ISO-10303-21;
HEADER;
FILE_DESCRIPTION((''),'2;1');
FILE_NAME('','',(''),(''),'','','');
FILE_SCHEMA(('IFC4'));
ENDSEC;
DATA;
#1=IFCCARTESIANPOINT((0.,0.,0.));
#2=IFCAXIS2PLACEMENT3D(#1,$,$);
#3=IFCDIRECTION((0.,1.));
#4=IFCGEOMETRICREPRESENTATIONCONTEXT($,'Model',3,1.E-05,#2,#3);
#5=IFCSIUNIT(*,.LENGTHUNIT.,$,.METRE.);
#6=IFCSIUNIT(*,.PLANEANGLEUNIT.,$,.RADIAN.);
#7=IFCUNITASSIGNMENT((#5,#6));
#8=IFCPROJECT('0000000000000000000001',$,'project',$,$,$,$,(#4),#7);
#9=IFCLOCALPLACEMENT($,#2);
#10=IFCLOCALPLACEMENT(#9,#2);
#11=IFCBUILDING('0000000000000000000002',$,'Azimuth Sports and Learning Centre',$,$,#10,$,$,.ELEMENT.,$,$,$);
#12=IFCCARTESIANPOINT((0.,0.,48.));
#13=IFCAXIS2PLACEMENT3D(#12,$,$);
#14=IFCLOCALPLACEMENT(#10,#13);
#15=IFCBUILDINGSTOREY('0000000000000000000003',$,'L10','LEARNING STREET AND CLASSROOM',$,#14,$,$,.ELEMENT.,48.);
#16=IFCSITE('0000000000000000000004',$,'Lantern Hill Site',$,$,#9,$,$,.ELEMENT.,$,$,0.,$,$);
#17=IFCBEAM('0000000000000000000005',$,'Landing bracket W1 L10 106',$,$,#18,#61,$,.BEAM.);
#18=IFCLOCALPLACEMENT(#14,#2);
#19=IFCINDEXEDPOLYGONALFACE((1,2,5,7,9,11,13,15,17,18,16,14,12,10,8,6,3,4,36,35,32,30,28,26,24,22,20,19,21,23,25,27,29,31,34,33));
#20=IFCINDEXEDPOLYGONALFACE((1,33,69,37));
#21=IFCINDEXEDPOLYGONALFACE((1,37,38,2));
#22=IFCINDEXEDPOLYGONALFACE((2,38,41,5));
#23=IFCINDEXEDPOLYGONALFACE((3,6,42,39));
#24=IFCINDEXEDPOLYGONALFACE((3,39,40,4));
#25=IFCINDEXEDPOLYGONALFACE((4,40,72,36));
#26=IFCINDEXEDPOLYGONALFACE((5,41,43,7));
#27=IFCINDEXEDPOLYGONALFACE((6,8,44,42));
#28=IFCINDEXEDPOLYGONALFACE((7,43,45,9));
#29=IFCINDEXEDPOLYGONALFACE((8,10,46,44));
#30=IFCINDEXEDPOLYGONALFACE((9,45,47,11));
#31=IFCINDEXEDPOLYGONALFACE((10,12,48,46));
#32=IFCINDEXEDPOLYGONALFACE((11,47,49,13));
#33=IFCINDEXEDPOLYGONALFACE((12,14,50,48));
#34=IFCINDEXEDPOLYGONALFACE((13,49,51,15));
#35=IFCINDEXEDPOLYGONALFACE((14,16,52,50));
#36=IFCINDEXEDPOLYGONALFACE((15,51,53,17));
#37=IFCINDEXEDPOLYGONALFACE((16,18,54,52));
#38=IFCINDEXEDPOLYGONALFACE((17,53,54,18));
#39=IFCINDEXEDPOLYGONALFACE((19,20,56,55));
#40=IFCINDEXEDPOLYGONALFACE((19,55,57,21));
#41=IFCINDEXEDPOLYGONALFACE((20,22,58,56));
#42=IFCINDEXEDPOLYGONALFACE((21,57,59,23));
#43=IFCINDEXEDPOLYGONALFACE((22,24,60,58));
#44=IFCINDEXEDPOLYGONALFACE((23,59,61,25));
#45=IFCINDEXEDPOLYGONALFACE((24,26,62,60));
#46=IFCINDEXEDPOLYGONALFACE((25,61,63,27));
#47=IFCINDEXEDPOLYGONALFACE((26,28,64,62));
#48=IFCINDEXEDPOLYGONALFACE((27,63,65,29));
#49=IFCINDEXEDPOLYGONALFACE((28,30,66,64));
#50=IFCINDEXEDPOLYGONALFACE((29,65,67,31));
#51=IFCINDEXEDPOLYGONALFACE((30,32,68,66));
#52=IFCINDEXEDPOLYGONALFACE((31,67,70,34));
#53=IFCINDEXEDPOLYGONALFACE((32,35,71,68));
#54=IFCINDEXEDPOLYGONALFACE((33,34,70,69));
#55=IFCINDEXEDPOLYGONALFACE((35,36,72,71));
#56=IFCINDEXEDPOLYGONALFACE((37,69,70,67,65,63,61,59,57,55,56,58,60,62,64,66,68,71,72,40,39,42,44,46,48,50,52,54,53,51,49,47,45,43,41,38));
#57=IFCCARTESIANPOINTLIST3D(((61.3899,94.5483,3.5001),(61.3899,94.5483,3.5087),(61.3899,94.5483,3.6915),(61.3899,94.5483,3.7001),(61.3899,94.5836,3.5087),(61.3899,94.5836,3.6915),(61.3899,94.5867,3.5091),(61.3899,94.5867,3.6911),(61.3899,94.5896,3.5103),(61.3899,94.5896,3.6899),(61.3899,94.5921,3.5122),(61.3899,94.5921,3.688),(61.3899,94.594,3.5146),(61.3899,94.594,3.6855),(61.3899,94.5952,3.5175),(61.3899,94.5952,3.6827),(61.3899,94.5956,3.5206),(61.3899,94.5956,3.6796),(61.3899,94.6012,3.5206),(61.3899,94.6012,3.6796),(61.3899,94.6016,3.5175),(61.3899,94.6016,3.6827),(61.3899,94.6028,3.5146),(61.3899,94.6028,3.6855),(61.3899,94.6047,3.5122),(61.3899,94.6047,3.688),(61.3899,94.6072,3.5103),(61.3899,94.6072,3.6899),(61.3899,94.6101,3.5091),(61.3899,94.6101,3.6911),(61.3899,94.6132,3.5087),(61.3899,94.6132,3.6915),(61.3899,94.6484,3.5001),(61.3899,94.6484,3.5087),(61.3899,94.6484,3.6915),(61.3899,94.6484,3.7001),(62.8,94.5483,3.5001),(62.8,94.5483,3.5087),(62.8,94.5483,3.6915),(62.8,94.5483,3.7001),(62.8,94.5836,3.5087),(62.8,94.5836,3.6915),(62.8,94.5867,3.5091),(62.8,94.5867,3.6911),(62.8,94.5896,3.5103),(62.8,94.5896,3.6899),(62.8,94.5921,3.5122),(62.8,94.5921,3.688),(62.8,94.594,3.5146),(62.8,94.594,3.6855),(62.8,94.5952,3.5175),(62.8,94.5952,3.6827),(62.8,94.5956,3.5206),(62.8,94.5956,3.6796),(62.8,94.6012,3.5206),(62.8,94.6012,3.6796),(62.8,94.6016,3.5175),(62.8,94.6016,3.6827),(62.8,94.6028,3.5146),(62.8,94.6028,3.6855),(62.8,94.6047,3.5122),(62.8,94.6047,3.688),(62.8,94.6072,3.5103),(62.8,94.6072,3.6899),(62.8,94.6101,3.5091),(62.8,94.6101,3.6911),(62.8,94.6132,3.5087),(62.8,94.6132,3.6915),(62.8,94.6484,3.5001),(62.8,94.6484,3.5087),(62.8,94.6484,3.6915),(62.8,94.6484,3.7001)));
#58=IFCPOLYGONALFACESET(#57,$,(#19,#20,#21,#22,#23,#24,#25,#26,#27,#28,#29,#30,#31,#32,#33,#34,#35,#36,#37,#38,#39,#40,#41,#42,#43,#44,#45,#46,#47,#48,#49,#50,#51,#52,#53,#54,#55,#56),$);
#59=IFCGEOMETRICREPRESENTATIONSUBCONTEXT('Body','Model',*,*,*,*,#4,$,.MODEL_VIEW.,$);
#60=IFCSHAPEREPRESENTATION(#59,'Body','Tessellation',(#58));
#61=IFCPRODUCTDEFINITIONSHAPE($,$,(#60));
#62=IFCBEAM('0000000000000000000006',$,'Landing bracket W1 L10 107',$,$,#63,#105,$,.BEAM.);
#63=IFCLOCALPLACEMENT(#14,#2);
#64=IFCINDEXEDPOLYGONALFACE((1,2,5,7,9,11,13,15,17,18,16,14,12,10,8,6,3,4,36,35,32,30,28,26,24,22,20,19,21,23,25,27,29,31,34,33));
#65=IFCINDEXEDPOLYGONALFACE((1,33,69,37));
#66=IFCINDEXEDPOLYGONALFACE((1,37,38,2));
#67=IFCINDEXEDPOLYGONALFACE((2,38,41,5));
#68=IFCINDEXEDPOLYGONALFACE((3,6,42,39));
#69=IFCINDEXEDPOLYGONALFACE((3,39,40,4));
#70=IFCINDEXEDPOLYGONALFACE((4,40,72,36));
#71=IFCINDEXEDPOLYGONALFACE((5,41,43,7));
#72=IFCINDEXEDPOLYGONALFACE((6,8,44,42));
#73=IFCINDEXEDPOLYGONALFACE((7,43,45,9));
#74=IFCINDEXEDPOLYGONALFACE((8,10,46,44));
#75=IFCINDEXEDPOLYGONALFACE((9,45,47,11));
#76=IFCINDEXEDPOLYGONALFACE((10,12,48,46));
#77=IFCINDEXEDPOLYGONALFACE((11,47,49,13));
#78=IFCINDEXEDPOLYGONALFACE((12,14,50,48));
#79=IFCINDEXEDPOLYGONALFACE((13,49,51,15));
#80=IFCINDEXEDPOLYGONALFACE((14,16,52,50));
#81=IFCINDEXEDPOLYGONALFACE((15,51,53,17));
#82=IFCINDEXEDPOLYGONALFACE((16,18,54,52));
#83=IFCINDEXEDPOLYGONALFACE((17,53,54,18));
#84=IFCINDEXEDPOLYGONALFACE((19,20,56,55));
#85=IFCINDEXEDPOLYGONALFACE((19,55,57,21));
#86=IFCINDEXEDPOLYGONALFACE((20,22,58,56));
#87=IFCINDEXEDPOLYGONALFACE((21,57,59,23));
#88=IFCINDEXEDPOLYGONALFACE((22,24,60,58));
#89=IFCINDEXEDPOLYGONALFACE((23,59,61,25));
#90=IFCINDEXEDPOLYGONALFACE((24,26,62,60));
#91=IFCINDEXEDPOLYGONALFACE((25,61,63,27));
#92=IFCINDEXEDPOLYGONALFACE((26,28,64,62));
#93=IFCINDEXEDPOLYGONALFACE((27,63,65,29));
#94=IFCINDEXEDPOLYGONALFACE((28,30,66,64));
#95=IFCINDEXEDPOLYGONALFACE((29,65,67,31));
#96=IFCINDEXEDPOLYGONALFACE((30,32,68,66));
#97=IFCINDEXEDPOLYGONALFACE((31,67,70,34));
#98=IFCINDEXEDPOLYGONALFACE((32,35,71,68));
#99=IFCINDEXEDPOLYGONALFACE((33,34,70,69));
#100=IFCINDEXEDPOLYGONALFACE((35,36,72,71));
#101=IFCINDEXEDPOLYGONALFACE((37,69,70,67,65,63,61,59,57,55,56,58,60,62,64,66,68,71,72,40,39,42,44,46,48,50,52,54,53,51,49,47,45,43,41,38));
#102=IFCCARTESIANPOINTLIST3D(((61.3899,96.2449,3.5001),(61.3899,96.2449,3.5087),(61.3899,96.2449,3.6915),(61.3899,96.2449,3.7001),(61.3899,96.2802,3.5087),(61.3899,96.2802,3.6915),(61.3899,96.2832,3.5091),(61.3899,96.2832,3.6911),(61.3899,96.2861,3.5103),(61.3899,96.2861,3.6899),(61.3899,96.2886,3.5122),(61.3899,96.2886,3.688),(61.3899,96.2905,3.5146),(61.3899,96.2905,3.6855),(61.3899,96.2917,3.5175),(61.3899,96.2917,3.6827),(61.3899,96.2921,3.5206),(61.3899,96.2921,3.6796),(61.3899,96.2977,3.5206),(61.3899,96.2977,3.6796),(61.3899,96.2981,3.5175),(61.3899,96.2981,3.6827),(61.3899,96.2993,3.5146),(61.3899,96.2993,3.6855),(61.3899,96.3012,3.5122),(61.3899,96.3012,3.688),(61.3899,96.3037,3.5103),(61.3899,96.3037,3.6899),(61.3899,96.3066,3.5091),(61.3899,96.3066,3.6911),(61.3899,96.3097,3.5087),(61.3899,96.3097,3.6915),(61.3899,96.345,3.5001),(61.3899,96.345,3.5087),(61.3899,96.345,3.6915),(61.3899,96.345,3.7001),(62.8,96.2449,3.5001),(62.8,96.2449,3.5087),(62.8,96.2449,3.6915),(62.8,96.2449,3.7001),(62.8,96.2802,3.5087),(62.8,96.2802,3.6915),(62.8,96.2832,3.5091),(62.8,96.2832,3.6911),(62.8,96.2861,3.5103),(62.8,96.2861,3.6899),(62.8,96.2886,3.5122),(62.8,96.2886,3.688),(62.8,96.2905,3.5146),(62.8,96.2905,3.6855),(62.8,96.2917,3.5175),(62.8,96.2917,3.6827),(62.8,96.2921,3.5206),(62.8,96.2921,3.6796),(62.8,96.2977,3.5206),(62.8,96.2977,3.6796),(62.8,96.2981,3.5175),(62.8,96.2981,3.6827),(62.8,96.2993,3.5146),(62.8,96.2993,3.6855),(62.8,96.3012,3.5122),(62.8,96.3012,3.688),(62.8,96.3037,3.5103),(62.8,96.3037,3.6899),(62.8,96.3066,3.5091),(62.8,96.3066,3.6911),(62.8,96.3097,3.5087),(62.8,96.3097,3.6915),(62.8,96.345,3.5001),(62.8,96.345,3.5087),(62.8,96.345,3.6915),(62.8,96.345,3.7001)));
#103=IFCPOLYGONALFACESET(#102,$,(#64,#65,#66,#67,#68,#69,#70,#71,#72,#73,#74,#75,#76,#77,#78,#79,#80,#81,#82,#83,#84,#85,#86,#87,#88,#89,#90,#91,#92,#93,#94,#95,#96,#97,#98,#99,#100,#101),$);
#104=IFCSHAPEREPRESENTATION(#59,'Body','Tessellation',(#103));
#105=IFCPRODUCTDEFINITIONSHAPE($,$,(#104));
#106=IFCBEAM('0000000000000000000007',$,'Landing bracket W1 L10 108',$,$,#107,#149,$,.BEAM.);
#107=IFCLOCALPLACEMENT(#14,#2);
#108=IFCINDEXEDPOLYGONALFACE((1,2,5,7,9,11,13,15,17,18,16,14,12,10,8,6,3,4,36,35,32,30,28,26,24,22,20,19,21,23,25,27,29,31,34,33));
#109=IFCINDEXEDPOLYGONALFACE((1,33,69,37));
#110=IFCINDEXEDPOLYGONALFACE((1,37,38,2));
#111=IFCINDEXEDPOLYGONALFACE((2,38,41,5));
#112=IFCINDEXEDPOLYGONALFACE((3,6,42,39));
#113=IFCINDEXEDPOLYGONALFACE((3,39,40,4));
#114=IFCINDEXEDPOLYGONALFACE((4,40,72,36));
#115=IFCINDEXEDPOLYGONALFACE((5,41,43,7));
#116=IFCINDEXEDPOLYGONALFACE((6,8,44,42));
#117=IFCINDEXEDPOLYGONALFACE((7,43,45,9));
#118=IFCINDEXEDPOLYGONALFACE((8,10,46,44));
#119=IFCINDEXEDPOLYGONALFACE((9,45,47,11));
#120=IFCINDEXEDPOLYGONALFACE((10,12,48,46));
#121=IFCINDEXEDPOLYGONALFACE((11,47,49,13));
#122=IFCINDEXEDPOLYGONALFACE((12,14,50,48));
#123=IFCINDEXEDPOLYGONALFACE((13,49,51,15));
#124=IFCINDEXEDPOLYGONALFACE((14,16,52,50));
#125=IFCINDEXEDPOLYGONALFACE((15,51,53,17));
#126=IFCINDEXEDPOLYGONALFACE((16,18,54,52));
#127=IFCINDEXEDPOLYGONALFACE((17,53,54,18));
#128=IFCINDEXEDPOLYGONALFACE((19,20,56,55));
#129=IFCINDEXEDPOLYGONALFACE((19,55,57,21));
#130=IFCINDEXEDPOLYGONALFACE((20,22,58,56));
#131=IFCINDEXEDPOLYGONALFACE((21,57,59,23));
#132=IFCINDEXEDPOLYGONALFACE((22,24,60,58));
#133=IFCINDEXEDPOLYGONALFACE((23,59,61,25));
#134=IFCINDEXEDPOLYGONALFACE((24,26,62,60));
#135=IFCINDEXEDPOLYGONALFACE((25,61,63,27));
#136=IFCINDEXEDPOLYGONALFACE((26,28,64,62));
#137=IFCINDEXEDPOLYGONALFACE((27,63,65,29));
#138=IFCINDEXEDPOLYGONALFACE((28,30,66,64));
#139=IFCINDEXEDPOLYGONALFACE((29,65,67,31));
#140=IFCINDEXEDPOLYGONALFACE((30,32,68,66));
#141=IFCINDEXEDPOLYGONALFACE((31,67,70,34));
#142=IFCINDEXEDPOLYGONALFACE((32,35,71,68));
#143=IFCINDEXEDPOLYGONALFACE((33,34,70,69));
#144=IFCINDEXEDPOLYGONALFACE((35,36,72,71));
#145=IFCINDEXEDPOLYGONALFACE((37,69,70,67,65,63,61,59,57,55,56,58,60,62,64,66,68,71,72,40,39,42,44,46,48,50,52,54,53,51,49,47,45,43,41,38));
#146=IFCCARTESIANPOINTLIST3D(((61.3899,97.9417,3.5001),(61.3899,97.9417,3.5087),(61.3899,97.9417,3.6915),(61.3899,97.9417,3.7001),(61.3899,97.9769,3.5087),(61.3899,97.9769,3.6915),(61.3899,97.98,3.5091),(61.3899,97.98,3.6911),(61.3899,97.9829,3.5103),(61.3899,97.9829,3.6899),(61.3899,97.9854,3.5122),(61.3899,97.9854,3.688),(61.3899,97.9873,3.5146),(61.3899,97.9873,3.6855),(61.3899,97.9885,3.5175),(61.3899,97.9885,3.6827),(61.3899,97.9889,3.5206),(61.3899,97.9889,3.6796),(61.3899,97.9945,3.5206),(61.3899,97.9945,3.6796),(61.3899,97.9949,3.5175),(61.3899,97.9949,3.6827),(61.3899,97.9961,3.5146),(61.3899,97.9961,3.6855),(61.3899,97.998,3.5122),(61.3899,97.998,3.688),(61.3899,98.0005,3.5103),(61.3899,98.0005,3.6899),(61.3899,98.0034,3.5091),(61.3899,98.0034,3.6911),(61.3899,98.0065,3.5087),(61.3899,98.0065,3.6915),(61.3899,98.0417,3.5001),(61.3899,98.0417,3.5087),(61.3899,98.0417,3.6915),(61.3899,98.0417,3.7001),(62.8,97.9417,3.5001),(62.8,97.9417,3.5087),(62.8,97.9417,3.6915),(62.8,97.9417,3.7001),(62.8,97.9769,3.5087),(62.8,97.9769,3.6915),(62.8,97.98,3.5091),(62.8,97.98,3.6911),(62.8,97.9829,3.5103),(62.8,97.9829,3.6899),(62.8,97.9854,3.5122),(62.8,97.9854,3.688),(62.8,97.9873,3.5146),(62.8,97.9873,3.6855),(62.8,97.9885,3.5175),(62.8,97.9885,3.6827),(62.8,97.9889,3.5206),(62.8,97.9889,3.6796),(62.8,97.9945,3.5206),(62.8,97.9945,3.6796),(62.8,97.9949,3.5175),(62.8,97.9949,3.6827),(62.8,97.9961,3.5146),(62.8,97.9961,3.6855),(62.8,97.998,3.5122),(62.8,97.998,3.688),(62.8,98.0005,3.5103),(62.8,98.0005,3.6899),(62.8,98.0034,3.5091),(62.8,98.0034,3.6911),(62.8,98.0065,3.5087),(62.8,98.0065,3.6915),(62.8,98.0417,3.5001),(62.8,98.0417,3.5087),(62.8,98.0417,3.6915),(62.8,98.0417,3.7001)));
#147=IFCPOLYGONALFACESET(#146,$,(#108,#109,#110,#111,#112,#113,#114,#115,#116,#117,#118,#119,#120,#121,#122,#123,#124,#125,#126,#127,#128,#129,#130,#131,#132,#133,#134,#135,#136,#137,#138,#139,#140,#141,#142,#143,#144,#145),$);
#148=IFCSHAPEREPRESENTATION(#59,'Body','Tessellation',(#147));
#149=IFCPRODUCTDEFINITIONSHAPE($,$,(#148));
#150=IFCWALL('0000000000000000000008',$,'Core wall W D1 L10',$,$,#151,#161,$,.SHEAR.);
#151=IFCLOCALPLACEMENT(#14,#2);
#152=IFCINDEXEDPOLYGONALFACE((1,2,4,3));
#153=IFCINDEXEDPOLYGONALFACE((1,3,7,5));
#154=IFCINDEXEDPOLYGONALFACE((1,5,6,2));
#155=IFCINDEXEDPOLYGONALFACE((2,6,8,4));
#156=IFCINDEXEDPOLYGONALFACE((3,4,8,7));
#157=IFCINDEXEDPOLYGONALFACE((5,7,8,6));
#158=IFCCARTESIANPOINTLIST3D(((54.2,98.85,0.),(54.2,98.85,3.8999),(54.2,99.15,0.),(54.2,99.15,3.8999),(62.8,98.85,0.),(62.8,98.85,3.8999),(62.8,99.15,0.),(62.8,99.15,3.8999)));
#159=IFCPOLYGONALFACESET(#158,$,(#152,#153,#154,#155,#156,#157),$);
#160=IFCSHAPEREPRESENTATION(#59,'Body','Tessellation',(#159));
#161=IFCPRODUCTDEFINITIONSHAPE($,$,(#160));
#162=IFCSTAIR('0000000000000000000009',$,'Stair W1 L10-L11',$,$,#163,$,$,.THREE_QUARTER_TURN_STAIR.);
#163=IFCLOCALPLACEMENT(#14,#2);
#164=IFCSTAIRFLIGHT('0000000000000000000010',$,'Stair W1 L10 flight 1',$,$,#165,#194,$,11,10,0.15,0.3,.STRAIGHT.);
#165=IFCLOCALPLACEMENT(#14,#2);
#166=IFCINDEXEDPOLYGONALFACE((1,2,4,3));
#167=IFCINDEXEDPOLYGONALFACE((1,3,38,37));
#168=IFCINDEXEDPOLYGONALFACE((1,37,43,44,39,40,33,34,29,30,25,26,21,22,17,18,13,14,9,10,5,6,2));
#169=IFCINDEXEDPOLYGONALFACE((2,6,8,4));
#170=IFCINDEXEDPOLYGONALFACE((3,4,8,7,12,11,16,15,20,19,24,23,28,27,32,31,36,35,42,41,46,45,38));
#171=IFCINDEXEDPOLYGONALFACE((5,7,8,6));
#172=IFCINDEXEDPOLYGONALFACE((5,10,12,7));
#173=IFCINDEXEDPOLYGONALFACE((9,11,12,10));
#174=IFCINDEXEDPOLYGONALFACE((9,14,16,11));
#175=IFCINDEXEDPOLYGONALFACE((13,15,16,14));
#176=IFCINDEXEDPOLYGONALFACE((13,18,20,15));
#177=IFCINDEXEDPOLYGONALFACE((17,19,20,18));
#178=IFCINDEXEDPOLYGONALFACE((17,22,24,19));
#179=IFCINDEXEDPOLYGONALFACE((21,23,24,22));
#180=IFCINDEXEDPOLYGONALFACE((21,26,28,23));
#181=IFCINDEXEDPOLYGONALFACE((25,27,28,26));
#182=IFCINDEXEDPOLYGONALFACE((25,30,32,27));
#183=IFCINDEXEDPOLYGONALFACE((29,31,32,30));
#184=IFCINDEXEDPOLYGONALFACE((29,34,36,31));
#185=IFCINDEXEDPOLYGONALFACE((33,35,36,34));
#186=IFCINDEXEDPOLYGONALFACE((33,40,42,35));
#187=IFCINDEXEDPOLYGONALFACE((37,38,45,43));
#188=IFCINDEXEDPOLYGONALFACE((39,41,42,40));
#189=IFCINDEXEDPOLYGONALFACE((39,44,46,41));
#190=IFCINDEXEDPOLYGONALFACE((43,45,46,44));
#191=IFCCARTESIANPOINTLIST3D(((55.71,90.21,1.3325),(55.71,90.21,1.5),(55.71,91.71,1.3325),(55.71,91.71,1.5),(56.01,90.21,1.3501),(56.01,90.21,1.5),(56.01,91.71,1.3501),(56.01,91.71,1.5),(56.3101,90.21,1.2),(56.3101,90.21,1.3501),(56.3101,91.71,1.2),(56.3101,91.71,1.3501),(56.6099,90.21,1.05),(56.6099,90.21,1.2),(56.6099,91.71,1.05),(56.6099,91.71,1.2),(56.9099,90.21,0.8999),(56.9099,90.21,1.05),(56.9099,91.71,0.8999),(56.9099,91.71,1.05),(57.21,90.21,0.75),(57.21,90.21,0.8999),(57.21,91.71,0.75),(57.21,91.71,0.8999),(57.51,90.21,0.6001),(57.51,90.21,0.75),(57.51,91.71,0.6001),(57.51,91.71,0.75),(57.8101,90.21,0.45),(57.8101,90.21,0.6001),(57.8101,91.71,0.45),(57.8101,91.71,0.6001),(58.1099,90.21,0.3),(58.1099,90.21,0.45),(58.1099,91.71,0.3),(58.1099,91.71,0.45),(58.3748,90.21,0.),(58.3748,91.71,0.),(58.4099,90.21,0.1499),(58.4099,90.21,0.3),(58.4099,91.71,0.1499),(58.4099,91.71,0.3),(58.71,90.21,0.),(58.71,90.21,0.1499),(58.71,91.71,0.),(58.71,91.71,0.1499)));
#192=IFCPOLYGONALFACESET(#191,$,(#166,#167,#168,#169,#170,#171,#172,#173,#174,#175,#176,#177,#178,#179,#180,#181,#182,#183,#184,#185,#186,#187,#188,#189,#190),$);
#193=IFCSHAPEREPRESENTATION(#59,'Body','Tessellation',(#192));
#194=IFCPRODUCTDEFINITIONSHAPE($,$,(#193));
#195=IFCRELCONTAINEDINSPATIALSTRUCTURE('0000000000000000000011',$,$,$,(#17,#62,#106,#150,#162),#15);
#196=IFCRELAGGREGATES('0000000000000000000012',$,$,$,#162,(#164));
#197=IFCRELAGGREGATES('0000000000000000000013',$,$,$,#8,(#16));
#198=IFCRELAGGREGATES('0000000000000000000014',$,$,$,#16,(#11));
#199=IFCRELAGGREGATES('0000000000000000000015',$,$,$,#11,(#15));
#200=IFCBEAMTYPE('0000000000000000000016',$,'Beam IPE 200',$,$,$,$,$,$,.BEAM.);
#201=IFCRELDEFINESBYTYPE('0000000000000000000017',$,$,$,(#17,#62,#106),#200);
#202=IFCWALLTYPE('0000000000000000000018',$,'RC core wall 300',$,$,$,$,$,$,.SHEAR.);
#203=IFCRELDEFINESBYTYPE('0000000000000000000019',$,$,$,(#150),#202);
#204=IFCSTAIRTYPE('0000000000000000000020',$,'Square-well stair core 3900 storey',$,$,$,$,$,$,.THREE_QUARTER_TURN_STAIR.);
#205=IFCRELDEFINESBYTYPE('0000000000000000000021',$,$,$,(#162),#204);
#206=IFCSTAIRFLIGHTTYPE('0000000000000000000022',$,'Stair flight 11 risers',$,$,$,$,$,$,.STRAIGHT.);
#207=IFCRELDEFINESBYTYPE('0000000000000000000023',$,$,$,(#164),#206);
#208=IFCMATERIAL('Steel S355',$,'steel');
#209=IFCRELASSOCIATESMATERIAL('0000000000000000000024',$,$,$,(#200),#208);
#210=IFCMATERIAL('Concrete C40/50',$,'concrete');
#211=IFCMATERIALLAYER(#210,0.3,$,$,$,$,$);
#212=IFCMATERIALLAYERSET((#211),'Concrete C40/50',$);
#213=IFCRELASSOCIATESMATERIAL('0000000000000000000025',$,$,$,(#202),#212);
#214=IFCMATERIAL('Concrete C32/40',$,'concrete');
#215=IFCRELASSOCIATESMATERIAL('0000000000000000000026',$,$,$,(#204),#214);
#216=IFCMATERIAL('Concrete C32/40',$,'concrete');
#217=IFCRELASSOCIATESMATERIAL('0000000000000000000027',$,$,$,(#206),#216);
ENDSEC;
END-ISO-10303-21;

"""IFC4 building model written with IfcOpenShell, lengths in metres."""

from ifc_helpers import new_model, si_unit, direction, frame, frame_2d, origin, origin_2d, place, context, subcontext, project, spatial, polyline, rectangle, i_section, outline, extrude, material, layer, layer_set, material_profile, profile_set, type_object, element, aggregate, save


model = new_model("IFC4")

# Units and contexts
model_context = context("Model", 3, precision=1e-05, world=origin(), true_north=direction((0.0, 1.0)))
body_context = subcontext(model_context, "Body", "Model", "MODEL_VIEW")
ifc_project = project(units=[si_unit("LENGTHUNIT", "METRE"), si_unit("PLANEANGLEUNIT", "RADIAN")], contexts=[model_context])

# Site, building, storey
site_placement = place(None, origin())
site = spatial("IfcSite", under=ifc_project, at=site_placement, Name="Lantern Hill Site", CompositionType="ELEMENT", RefElevation=0.0)
building_placement = place(site_placement, origin())
building = spatial("IfcBuilding", under=site, at=building_placement, Name="Azimuth Sports and Learning Centre", CompositionType="ELEMENT")
storey_placement = place(building_placement, frame((0.0, 0.0, 48.0)))
storey = spatial("IfcBuildingStorey", under=building, at=storey_placement, Name="L10", Description="LEARNING STREET AND CLASSROOM", CompositionType="ELEMENT", Elevation=48.0)

# Beams
ifc_material_1 = material(Name="Steel S355", Category="steel")
ifc_material_profile = material_profile(ifc_material_1, i_section(OverallWidth=0.1001, OverallDepth=0.2, WebThickness=0.0056, FlangeThickness=0.0085, FilletRadius=0.012, at=origin_2d()), Name="IPE 200")
ifc_profile_set = profile_set([ifc_material_profile], Name="Steel S355")
beam_type = type_object("IfcBeamType", Name="Beam IPE 200", PredefinedType="BEAM", material=ifc_profile_set)
for number, where, z_axis, x_axis, name in (
    (1, (62.8, 94.5984, 3.6001), (-1.0, 0.0, 0.0), (0.0, -1.0, 0.0), "Landing bracket W1 L10 106"),
    (2, (62.8, 96.2949, 3.6001), (-1.0, 0.0, 0.0), (0.0, -1.0, 0.0), "Landing bracket W1 L10 107"),
    (3, (62.8, 97.9917, 3.6001), (-1.0, 0.0, 0.0), (0.0, -1.0, 0.0), "Landing bracket W1 L10 108"),
):
    element("IfcBeam", number, at=place(storey_placement, frame(where, z_axis=z_axis, x_axis=x_axis)), inside=storey, type_object=beam_type, Name=name, PredefinedType="BEAM", context=body_context, shape_type="SweptSolid", body=[
        extrude(i_section(OverallWidth=0.1001, OverallDepth=0.2, WebThickness=0.0056, FlangeThickness=0.0085, FilletRadius=0.012, at=origin_2d()), origin(), (0.0, 0.0, 1.0), 1.4102),
    ])

# Wall
ifc_material_2 = material(Name="Concrete C40/50", Category="concrete")
ifc_layer_1 = layer(ifc_material_2, 0.3)
ifc_layer_set_1 = layer_set([ifc_layer_1], Name="Concrete C40/50")
wall_type = type_object("IfcWallType", Name="RC core wall 300", PredefinedType="SHEAR", material=ifc_layer_set_1)
wall_placement = place(storey_placement, frame((54.2, 99.0, 0.0), z_axis=(0.0, 0.0, 1.0), x_axis=(1.0, 0.0, 0.0)))
element("IfcWall", 4, at=wall_placement, inside=storey, type_object=wall_type, Name="Core wall W D1 L10", PredefinedType="SHEAR", context=body_context, shape_type="SweptSolid", body=[
    extrude(rectangle(XDim=8.6001, YDim=0.3, at=frame_2d((4.3, 0.0))), origin(), (0.0, 0.0, 1.0), 3.8999),
])

# Stair, stair flight
ifc_material_3 = material(Name="Concrete C32/40", Category="concrete")
stair_type = type_object("IfcStairType", Name="Square-well stair core 3900 storey", PredefinedType="THREE_QUARTER_TURN_STAIR", material=ifc_material_3)
stair_placement = place(storey_placement, origin())
stair = element("IfcStair", 5, at=stair_placement, inside=storey, type_object=stair_type, Name="Stair W1 L10-L11", PredefinedType="THREE_QUARTER_TURN_STAIR")
ifc_material_4 = material(Name="Concrete C32/40", Category="concrete")
stair_flight_type_1 = type_object("IfcStairFlightType", Name="Stair flight 11 risers", PredefinedType="STRAIGHT", material=ifc_material_4)
stair_flight_1_placement = place(storey_placement, frame((58.71, 90.96, 0.0), z_axis=(0.0, 0.0, 1.0), x_axis=(-1.0, 0.0, 0.0)))
stair_flight_1 = element("IfcStairFlight", 6, at=stair_flight_1_placement, type_object=stair_flight_type_1, Name="Stair W1 L10 flight 1", NumberOfRisers=11, NumberOfTreads=10, PredefinedType="STRAIGHT", RiserHeight=0.15, TreadLength=0.3, context=body_context, shape_type="SweptSolid", body=[
    extrude(outline(polyline([(0.0, 0.0), (0.0, 0.1499), (0.3, 0.1499), (0.3, 0.3), (0.6001, 0.3), (0.6001, 0.45), (0.8999, 0.45), (0.8999, 0.6001), (1.2, 0.6001), (1.2, 0.75), (1.5, 0.75), (1.5, 0.8999), (1.8, 0.8999), (1.8, 1.05), (2.1001, 1.05), (2.1001, 1.2), (2.3999, 1.2), (2.3999, 1.3501), (2.7, 1.3501), (2.7, 1.5), (3.0, 1.5), (3.0, 1.6499), (3.0, 1.3325), (0.3352, 0.0), (0.0, 0.0)])), frame((0.0, 0.75, 0.0), z_axis=(0.0, -1.0, 0.0), x_axis=(1.0, 0.0, 0.0)), (0.0, 0.0, 1.0), 1.5),
])
aggregate(stair, [stair_flight_1])

save(model, "model.ifc")
